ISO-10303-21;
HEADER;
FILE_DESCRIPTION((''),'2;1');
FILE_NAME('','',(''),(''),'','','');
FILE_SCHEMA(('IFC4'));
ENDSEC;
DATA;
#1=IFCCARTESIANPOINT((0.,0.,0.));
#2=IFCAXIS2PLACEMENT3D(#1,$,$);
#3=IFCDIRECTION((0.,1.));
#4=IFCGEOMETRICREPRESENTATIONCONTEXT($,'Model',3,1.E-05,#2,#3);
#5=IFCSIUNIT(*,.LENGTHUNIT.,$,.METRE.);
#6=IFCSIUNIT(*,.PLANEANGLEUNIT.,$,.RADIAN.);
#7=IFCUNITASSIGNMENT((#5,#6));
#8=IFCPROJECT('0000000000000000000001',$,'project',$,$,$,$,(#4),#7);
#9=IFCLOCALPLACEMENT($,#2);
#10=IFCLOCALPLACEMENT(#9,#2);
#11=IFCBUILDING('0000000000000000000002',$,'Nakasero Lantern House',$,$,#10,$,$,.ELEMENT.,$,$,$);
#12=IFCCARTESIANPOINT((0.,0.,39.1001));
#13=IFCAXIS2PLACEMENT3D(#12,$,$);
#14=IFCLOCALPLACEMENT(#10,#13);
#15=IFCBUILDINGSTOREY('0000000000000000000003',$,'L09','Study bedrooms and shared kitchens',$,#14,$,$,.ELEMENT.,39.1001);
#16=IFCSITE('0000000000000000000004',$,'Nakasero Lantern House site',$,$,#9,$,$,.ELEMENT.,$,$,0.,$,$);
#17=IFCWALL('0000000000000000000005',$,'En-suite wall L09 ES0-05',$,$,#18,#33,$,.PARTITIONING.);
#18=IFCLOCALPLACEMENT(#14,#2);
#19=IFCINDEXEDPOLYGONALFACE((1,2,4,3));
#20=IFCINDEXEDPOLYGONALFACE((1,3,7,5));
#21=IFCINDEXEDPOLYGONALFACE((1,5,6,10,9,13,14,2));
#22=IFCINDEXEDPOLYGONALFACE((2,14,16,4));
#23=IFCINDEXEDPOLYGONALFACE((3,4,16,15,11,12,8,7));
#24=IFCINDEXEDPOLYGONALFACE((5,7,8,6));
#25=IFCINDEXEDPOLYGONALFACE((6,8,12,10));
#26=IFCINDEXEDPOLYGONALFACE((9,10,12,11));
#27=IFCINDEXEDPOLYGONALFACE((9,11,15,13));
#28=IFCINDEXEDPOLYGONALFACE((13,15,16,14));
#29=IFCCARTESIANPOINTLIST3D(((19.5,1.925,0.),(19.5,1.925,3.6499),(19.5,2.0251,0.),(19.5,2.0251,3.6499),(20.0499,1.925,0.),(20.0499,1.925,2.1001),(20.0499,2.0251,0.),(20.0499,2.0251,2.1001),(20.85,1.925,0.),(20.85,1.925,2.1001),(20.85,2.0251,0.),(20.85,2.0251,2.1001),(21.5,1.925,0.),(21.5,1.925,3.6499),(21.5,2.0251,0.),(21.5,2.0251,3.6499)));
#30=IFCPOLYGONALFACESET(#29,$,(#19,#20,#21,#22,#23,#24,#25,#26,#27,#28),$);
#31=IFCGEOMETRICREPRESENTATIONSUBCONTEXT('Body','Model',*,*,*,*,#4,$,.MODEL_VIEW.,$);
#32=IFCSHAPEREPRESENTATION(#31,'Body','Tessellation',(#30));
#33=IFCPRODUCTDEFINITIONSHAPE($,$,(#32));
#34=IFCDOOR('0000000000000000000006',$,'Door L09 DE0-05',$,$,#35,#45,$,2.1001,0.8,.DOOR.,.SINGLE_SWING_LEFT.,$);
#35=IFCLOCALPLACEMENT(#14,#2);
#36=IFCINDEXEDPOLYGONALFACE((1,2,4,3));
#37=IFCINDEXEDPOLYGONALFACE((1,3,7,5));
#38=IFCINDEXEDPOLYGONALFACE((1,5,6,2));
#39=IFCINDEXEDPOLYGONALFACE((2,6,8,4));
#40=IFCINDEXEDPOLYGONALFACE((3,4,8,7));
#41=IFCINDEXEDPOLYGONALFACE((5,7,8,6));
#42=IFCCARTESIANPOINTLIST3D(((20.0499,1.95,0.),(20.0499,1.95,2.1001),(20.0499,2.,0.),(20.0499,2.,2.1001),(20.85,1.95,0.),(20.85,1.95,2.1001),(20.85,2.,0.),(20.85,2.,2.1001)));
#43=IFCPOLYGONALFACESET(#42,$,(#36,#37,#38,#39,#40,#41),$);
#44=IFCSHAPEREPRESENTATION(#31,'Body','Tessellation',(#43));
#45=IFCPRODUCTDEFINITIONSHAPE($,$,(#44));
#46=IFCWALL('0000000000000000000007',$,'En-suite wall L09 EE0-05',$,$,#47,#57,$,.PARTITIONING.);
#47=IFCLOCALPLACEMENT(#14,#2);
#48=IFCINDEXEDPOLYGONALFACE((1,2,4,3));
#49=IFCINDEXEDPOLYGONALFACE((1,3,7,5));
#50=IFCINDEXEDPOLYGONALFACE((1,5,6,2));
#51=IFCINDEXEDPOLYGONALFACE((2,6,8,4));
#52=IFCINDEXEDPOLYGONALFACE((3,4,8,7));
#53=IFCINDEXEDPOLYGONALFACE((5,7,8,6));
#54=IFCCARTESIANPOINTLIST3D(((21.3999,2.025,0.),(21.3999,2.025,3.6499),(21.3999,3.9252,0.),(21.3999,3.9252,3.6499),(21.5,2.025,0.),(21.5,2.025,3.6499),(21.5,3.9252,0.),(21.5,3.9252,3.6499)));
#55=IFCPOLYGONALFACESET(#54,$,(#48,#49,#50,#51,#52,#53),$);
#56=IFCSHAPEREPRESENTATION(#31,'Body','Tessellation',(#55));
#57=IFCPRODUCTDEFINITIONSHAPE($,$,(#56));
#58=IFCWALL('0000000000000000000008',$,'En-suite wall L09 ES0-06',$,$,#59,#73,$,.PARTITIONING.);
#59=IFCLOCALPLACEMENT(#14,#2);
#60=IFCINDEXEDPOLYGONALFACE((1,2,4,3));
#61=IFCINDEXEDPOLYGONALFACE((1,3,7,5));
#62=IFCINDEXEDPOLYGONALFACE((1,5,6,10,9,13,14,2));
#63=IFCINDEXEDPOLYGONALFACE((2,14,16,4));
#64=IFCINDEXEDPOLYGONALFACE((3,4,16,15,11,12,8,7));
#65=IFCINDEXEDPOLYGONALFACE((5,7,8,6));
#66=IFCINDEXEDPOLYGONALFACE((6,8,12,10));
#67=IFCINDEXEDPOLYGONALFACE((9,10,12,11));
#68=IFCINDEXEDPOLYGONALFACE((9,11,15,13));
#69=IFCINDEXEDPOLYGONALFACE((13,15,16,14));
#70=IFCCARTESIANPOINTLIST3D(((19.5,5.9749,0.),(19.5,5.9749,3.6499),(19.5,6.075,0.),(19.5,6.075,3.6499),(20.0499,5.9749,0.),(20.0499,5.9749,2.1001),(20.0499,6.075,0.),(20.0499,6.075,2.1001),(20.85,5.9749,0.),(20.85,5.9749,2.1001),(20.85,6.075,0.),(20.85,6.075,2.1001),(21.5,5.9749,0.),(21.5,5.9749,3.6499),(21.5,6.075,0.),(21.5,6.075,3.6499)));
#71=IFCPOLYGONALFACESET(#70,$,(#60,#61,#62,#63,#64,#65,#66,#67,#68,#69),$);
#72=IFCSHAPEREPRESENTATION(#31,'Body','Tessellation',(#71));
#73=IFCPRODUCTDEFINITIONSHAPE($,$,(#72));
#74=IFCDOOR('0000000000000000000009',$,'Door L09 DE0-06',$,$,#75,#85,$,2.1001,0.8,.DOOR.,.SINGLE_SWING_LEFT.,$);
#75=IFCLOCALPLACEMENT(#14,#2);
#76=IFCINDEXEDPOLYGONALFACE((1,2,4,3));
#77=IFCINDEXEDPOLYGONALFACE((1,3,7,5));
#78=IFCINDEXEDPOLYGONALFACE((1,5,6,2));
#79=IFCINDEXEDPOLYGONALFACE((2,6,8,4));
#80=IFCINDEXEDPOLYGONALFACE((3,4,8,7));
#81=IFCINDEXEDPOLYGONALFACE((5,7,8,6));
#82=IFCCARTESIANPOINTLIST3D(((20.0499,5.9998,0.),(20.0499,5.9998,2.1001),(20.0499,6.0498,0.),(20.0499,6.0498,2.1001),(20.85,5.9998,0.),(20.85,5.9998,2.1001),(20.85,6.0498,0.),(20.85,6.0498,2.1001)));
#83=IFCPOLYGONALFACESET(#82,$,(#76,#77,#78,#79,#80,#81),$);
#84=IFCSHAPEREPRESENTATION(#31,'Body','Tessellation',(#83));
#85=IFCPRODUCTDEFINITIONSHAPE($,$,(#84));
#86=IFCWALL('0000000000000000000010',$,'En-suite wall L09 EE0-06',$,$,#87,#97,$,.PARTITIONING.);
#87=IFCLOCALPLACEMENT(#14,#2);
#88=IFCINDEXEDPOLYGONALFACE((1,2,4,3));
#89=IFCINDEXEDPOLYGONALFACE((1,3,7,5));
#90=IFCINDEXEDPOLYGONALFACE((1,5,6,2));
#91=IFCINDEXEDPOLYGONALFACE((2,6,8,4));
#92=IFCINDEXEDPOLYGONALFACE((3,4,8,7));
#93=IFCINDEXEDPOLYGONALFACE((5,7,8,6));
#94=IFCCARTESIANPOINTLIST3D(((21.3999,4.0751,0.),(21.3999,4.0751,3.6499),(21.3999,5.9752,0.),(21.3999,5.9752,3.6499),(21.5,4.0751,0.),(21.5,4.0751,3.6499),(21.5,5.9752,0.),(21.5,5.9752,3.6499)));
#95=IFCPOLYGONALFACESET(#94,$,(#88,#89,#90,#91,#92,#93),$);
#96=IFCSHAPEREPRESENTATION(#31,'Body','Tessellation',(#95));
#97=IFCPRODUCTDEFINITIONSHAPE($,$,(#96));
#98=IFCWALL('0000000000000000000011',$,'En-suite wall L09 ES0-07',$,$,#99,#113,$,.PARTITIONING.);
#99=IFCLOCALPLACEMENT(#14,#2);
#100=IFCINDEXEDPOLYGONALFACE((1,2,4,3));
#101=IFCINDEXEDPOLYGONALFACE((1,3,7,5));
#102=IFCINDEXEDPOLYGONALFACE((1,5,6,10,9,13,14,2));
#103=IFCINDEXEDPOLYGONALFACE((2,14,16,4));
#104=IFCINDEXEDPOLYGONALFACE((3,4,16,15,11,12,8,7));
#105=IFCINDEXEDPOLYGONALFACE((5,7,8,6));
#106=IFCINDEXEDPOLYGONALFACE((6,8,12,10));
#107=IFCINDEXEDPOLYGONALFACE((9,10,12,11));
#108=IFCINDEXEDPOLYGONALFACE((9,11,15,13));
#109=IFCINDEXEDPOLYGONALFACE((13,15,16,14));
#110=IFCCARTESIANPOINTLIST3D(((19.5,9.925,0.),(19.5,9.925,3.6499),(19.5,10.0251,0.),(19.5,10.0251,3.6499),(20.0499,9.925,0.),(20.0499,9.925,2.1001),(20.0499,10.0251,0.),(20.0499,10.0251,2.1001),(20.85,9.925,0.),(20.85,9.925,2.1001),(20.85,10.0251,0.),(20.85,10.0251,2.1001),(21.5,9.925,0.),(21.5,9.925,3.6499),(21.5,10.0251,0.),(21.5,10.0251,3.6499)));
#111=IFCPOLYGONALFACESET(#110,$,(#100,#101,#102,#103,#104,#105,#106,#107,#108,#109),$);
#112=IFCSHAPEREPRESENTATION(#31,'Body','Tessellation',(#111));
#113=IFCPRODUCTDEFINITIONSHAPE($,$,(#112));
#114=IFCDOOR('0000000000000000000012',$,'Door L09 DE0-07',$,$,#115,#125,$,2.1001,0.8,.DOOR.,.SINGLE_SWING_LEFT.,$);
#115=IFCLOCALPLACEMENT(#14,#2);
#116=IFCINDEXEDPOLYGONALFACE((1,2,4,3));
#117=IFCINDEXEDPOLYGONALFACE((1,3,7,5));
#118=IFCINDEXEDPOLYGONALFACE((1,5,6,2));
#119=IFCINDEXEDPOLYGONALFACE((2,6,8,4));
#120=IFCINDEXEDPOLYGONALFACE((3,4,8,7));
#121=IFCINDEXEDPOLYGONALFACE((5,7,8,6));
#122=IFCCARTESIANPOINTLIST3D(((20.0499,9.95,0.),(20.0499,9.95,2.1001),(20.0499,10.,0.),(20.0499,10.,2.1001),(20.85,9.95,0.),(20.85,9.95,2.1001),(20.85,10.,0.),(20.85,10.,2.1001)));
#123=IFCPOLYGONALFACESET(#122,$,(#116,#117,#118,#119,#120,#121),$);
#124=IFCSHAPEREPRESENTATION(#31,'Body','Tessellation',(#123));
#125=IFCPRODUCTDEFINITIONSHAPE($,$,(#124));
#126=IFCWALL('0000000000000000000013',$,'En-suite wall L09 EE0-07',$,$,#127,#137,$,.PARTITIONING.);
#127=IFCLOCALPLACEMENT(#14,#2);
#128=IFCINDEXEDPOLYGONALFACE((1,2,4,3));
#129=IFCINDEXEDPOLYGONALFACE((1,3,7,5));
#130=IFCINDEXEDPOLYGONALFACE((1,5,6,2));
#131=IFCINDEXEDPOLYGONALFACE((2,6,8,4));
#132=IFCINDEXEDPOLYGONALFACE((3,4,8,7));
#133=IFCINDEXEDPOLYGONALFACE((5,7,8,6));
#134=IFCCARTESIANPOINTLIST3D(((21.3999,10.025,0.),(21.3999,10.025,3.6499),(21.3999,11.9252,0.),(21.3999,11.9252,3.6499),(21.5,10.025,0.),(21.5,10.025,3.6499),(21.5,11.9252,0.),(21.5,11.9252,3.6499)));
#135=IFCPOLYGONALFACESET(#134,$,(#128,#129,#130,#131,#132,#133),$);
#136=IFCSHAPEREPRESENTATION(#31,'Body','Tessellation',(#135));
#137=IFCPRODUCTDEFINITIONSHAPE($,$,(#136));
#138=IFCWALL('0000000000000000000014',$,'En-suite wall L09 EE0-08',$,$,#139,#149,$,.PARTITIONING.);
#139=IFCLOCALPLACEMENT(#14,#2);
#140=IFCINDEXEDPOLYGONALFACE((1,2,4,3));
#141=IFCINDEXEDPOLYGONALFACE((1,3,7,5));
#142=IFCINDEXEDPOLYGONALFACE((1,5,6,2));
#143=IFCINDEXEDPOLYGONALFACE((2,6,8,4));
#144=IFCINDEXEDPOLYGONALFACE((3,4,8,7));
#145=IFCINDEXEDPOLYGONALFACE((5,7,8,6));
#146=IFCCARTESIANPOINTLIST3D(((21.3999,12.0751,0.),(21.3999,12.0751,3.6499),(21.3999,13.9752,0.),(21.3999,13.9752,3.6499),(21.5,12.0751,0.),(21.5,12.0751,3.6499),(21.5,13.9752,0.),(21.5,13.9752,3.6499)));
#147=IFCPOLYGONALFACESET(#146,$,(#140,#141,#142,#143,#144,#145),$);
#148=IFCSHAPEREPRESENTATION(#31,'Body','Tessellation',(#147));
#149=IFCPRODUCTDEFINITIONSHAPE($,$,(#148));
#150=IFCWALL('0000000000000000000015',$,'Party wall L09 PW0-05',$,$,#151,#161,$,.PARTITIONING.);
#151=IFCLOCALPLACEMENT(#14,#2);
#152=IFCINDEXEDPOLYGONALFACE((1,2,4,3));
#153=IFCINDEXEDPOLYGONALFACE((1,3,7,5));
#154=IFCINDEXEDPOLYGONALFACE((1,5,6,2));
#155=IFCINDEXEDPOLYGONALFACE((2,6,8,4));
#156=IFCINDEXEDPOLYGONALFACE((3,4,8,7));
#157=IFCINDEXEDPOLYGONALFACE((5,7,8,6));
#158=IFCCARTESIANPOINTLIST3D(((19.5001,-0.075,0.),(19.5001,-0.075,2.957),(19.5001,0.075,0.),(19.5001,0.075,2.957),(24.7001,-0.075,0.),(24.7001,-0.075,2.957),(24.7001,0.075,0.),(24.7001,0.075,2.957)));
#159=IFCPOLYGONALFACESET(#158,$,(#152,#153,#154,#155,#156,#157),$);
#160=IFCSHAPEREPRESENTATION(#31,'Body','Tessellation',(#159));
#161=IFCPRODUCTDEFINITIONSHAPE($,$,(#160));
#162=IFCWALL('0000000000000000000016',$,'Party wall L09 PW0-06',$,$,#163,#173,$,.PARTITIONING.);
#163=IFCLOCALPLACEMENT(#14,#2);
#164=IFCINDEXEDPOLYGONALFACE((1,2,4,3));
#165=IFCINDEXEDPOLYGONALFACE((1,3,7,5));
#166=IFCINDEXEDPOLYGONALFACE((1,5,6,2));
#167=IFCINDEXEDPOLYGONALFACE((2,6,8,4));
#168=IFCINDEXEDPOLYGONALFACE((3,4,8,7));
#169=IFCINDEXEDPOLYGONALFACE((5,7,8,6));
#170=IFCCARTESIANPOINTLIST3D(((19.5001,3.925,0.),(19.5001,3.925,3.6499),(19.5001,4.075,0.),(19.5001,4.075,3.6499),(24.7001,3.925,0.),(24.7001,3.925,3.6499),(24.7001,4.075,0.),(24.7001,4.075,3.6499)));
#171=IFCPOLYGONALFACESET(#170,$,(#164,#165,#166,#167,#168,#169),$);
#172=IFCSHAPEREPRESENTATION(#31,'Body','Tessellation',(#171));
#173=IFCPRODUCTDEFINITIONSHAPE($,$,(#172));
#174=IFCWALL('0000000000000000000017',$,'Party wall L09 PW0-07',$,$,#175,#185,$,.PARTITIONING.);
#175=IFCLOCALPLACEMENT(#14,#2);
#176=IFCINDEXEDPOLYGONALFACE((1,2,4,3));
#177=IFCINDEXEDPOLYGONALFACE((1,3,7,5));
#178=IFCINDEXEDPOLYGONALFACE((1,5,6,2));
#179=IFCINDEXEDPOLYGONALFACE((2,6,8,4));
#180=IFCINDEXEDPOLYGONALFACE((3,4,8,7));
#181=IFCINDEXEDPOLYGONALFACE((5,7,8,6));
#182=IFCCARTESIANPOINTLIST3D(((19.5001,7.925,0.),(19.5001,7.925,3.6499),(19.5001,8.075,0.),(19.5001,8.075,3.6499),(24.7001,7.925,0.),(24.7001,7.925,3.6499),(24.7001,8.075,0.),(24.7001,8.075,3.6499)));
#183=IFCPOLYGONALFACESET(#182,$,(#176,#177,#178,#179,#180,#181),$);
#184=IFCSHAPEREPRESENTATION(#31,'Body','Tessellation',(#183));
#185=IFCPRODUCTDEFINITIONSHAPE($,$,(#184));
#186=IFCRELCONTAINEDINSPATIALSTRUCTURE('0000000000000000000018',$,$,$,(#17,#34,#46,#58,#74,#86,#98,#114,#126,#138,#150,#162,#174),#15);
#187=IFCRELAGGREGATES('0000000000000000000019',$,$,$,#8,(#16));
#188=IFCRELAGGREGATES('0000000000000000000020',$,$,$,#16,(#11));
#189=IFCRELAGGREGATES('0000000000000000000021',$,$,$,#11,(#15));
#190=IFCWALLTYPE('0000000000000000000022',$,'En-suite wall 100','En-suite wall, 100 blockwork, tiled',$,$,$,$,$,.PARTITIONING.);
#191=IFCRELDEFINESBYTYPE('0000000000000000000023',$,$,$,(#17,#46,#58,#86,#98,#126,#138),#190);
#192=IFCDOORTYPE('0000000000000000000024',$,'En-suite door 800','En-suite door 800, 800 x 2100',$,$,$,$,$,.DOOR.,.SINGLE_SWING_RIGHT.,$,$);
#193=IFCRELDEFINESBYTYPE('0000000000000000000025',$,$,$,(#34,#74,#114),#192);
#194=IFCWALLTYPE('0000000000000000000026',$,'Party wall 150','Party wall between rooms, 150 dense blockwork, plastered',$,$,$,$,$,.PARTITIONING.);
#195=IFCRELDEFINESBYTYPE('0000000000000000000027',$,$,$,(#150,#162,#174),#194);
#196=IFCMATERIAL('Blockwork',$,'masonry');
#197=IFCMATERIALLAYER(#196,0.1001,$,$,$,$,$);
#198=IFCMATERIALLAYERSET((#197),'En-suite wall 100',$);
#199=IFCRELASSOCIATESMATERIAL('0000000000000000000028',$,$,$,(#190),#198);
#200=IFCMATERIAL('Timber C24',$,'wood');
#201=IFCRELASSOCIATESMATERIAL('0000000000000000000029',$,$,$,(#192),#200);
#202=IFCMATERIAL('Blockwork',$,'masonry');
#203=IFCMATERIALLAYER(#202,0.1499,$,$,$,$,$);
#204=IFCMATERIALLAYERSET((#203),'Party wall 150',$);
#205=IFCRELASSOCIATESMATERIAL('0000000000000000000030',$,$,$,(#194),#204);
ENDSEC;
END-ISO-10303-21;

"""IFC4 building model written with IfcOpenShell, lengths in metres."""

from ifc_helpers import new_model, si_unit, direction, frame, frame_2d, origin, place, context, subcontext, project, spatial, rectangle, extrude, material, layer, layer_set, type_object, element, fill, save


model = new_model("IFC4")

# Units and contexts
model_context = context("Model", 3, precision=1e-05, world=origin(), true_north=direction((0.0, 1.0)))
body_context = subcontext(model_context, "Body", "Model", "MODEL_VIEW")
ifc_project = project(units=[si_unit("LENGTHUNIT", "METRE"), si_unit("PLANEANGLEUNIT", "RADIAN")], contexts=[model_context])

# Site, building, storey
site_placement = place(None, origin())
site = spatial("IfcSite", under=ifc_project, at=site_placement, Name="Nakasero Lantern House site", CompositionType="ELEMENT", RefElevation=0.0)
building_placement = place(site_placement, origin())
building = spatial("IfcBuilding", under=site, at=building_placement, Name="Nakasero Lantern House", CompositionType="ELEMENT")
storey_placement = place(building_placement, frame((0.0, 0.0, 39.1001)))
storey = spatial("IfcBuildingStorey", under=building, at=storey_placement, Name="L09", Description="Study bedrooms and shared kitchens", CompositionType="ELEMENT", Elevation=39.1001)

# Wall, opening, door
ifc_material_1 = material(Name="Blockwork", Category="masonry")
ifc_layer_1 = layer(ifc_material_1, 0.1001)
ifc_layer_set_1 = layer_set([ifc_layer_1], Name="En-suite wall 100")
wall_type_1 = type_object("IfcWallType", Name="En-suite wall 100", Description="En-suite wall, 100 blockwork, tiled", PredefinedType="PARTITIONING", material=ifc_layer_set_1)
wall_1_placement = place(storey_placement, frame((19.5, 1.9751, 0.0), z_axis=(0.0, 0.0, 1.0), x_axis=(1.0, 0.0, 0.0)))
wall_1 = element("IfcWall", 1, at=wall_1_placement, inside=storey, type_object=wall_type_1, Name="En-suite wall L09 ES0-05", PredefinedType="PARTITIONING", context=body_context, shape_type="SweptSolid", body=[
    extrude(rectangle(XDim=2.0, YDim=0.1001, at=frame_2d((1.0, 0.0))), origin(), (0.0, 0.0, 1.0), 3.6499),
])
opening_1_placement = place(wall_1_placement, frame((0.55, 0.0, 0.0)))
opening_1 = element("IfcOpeningElement", 2, at=opening_1_placement, cuts=wall_1, PredefinedType="OPENING", context=body_context, shape_type="SweptSolid", body=[
    extrude(rectangle(XDim=0.8, YDim=2.1001, at=frame_2d((0.3999, 1.05))), frame((0.0, 0.0701, 0.0), z_axis=(0.0, -1.0, 0.0), x_axis=(1.0, 0.0, 0.0)), (0.0, 0.0, 1.0), 0.1401),
])
ifc_material_2 = material(Name="Timber C24", Category="wood")
door_type = type_object("IfcDoorType", Name="En-suite door 800", Description="En-suite door 800, 800 x 2100", OperationType="SINGLE_SWING_RIGHT", PredefinedType="DOOR", material=ifc_material_2)
door_1_placement = place(opening_1_placement, origin())
door_1 = element("IfcDoor", 3, at=door_1_placement, inside=storey, type_object=door_type, Name="Door L09 DE0-05", OperationType="SINGLE_SWING_LEFT", OverallHeight=2.1001, OverallWidth=0.8, PredefinedType="DOOR", context=body_context, shape_type="SweptSolid", body=[
    extrude(rectangle(XDim=0.8, YDim=2.1001, at=frame_2d((0.3999, 1.05))), frame((0.0, 0.0249, 0.0), z_axis=(0.0, -1.0, 0.0), x_axis=(1.0, 0.0, 0.0)), (0.0, 0.0, 1.0), 0.05),
])
fill(opening_1, door_1)

# Wall
wall_2_placement = place(storey_placement, frame((21.45, 2.0249, 0.0), z_axis=(0.0, 0.0, 1.0), x_axis=(0.0, 1.0, 0.0)))
element("IfcWall", 4, at=wall_2_placement, inside=storey, type_object=wall_type_1, Name="En-suite wall L09 EE0-05", PredefinedType="PARTITIONING", context=body_context, shape_type="SweptSolid", body=[
    extrude(rectangle(XDim=1.9001, YDim=0.1001, at=frame_2d((0.9502, 0.0))), origin(), (0.0, 0.0, 1.0), 3.6499),
])

# Wall, opening, door
wall_3_placement = place(storey_placement, frame((19.5, 6.0249, 0.0), z_axis=(0.0, 0.0, 1.0), x_axis=(1.0, 0.0, 0.0)))
wall_3 = element("IfcWall", 5, at=wall_3_placement, inside=storey, type_object=wall_type_1, Name="En-suite wall L09 ES0-06", PredefinedType="PARTITIONING", context=body_context, shape_type="SweptSolid", body=[
    extrude(rectangle(XDim=2.0, YDim=0.1001, at=frame_2d((1.0, 0.0))), origin(), (0.0, 0.0, 1.0), 3.6499),
])
opening_2_placement = place(wall_3_placement, frame((0.55, 0.0, 0.0)))
opening_2 = element("IfcOpeningElement", 6, at=opening_2_placement, cuts=wall_3, PredefinedType="OPENING", context=body_context, shape_type="SweptSolid", body=[
    extrude(rectangle(XDim=0.8, YDim=2.1001, at=frame_2d((0.3999, 1.05))), frame((0.0, 0.0701, 0.0), z_axis=(0.0, -1.0, 0.0), x_axis=(1.0, 0.0, 0.0)), (0.0, 0.0, 1.0), 0.1401),
])
door_2_placement = place(opening_2_placement, origin())
door_2 = element("IfcDoor", 7, at=door_2_placement, inside=storey, type_object=door_type, Name="Door L09 DE0-06", OperationType="SINGLE_SWING_LEFT", OverallHeight=2.1001, OverallWidth=0.8, PredefinedType="DOOR", context=body_context, shape_type="SweptSolid", body=[
    extrude(rectangle(XDim=0.8, YDim=2.1001, at=frame_2d((0.3999, 1.05))), frame((0.0, 0.0249, 0.0), z_axis=(0.0, -1.0, 0.0), x_axis=(1.0, 0.0, 0.0)), (0.0, 0.0, 1.0), 0.05),
])
fill(opening_2, door_2)

# Wall
wall_4_placement = place(storey_placement, frame((21.45, 4.075, 0.0), z_axis=(0.0, 0.0, 1.0), x_axis=(0.0, 1.0, 0.0)))
element("IfcWall", 8, at=wall_4_placement, inside=storey, type_object=wall_type_1, Name="En-suite wall L09 EE0-06", PredefinedType="PARTITIONING", context=body_context, shape_type="SweptSolid", body=[
    extrude(rectangle(XDim=1.9001, YDim=0.1001, at=frame_2d((0.9502, 0.0))), origin(), (0.0, 0.0, 1.0), 3.6499),
])

# Wall, opening, door
wall_5_placement = place(storey_placement, frame((19.5, 9.9751, 0.0), z_axis=(0.0, 0.0, 1.0), x_axis=(1.0, 0.0, 0.0)))
wall_5 = element("IfcWall", 9, at=wall_5_placement, inside=storey, type_object=wall_type_1, Name="En-suite wall L09 ES0-07", PredefinedType="PARTITIONING", context=body_context, shape_type="SweptSolid", body=[
    extrude(rectangle(XDim=2.0, YDim=0.1001, at=frame_2d((1.0, 0.0))), origin(), (0.0, 0.0, 1.0), 3.6499),
])
opening_3_placement = place(wall_5_placement, frame((0.55, 0.0, 0.0)))
opening_3 = element("IfcOpeningElement", 10, at=opening_3_placement, cuts=wall_5, PredefinedType="OPENING", context=body_context, shape_type="SweptSolid", body=[
    extrude(rectangle(XDim=0.8, YDim=2.1001, at=frame_2d((0.3999, 1.05))), frame((0.0, 0.0701, 0.0), z_axis=(0.0, -1.0, 0.0), x_axis=(1.0, 0.0, 0.0)), (0.0, 0.0, 1.0), 0.1401),
])
door_3_placement = place(opening_3_placement, origin())
door_3 = element("IfcDoor", 11, at=door_3_placement, inside=storey, type_object=door_type, Name="Door L09 DE0-07", OperationType="SINGLE_SWING_LEFT", OverallHeight=2.1001, OverallWidth=0.8, PredefinedType="DOOR", context=body_context, shape_type="SweptSolid", body=[
    extrude(rectangle(XDim=0.8, YDim=2.1001, at=frame_2d((0.3999, 1.05))), frame((0.0, 0.0249, 0.0), z_axis=(0.0, -1.0, 0.0), x_axis=(1.0, 0.0, 0.0)), (0.0, 0.0, 1.0), 0.05),
])
fill(opening_3, door_3)

# Walls
for number, where, z_axis, x_axis, name in (
    (12, (21.45, 10.0249, 0.0), (0.0, 0.0, 1.0), (0.0, 1.0, 0.0), "En-suite wall L09 EE0-07"),
    (13, (21.45, 12.075, 0.0), (0.0, 0.0, 1.0), (0.0, 1.0, 0.0), "En-suite wall L09 EE0-08"),
):
    element("IfcWall", number, at=place(storey_placement, frame(where, z_axis=z_axis, x_axis=x_axis)), inside=storey, type_object=wall_type_1, Name=name, PredefinedType="PARTITIONING", context=body_context, shape_type="SweptSolid", body=[
        extrude(rectangle(XDim=1.9001, YDim=0.1001, at=frame_2d((0.9502, 0.0))), origin(), (0.0, 0.0, 1.0), 3.6499),
    ])
ifc_material_3 = material(Name="Blockwork", Category="masonry")
ifc_layer_2 = layer(ifc_material_3, 0.1499)
ifc_layer_set_2 = layer_set([ifc_layer_2], Name="Party wall 150")
wall_type_2 = type_object("IfcWallType", Name="Party wall 150", Description="Party wall between rooms, 150 dense blockwork, plastered", PredefinedType="PARTITIONING", material=ifc_layer_set_2)
wall_6_placement = place(storey_placement, frame((19.5, 0.0, 0.0), z_axis=(0.0, 0.0, 1.0), x_axis=(1.0, 0.0, 0.0)))
element("IfcWall", 14, at=wall_6_placement, inside=storey, type_object=wall_type_2, Name="Party wall L09 PW0-05", PredefinedType="PARTITIONING", context=body_context, shape_type="SweptSolid", body=[
    extrude(rectangle(XDim=5.2, YDim=0.1499, at=frame_2d((2.6001, 0.0))), origin(), (0.0, 0.0, 1.0), 2.957),
])
for number, where, z_axis, x_axis, name in (
    (15, (19.5, 4.0, 0.0), (0.0, 0.0, 1.0), (1.0, 0.0, 0.0), "Party wall L09 PW0-06"),
    (16, (19.5, 8.0, 0.0), (0.0, 0.0, 1.0), (1.0, 0.0, 0.0), "Party wall L09 PW0-07"),
):
    element("IfcWall", number, at=place(storey_placement, frame(where, z_axis=z_axis, x_axis=x_axis)), inside=storey, type_object=wall_type_2, Name=name, PredefinedType="PARTITIONING", context=body_context, shape_type="SweptSolid", body=[
        extrude(rectangle(XDim=5.2, YDim=0.1499, at=frame_2d((2.6001, 0.0))), origin(), (0.0, 0.0, 1.0), 3.6499),
    ])

save(model, "model.ifc")
